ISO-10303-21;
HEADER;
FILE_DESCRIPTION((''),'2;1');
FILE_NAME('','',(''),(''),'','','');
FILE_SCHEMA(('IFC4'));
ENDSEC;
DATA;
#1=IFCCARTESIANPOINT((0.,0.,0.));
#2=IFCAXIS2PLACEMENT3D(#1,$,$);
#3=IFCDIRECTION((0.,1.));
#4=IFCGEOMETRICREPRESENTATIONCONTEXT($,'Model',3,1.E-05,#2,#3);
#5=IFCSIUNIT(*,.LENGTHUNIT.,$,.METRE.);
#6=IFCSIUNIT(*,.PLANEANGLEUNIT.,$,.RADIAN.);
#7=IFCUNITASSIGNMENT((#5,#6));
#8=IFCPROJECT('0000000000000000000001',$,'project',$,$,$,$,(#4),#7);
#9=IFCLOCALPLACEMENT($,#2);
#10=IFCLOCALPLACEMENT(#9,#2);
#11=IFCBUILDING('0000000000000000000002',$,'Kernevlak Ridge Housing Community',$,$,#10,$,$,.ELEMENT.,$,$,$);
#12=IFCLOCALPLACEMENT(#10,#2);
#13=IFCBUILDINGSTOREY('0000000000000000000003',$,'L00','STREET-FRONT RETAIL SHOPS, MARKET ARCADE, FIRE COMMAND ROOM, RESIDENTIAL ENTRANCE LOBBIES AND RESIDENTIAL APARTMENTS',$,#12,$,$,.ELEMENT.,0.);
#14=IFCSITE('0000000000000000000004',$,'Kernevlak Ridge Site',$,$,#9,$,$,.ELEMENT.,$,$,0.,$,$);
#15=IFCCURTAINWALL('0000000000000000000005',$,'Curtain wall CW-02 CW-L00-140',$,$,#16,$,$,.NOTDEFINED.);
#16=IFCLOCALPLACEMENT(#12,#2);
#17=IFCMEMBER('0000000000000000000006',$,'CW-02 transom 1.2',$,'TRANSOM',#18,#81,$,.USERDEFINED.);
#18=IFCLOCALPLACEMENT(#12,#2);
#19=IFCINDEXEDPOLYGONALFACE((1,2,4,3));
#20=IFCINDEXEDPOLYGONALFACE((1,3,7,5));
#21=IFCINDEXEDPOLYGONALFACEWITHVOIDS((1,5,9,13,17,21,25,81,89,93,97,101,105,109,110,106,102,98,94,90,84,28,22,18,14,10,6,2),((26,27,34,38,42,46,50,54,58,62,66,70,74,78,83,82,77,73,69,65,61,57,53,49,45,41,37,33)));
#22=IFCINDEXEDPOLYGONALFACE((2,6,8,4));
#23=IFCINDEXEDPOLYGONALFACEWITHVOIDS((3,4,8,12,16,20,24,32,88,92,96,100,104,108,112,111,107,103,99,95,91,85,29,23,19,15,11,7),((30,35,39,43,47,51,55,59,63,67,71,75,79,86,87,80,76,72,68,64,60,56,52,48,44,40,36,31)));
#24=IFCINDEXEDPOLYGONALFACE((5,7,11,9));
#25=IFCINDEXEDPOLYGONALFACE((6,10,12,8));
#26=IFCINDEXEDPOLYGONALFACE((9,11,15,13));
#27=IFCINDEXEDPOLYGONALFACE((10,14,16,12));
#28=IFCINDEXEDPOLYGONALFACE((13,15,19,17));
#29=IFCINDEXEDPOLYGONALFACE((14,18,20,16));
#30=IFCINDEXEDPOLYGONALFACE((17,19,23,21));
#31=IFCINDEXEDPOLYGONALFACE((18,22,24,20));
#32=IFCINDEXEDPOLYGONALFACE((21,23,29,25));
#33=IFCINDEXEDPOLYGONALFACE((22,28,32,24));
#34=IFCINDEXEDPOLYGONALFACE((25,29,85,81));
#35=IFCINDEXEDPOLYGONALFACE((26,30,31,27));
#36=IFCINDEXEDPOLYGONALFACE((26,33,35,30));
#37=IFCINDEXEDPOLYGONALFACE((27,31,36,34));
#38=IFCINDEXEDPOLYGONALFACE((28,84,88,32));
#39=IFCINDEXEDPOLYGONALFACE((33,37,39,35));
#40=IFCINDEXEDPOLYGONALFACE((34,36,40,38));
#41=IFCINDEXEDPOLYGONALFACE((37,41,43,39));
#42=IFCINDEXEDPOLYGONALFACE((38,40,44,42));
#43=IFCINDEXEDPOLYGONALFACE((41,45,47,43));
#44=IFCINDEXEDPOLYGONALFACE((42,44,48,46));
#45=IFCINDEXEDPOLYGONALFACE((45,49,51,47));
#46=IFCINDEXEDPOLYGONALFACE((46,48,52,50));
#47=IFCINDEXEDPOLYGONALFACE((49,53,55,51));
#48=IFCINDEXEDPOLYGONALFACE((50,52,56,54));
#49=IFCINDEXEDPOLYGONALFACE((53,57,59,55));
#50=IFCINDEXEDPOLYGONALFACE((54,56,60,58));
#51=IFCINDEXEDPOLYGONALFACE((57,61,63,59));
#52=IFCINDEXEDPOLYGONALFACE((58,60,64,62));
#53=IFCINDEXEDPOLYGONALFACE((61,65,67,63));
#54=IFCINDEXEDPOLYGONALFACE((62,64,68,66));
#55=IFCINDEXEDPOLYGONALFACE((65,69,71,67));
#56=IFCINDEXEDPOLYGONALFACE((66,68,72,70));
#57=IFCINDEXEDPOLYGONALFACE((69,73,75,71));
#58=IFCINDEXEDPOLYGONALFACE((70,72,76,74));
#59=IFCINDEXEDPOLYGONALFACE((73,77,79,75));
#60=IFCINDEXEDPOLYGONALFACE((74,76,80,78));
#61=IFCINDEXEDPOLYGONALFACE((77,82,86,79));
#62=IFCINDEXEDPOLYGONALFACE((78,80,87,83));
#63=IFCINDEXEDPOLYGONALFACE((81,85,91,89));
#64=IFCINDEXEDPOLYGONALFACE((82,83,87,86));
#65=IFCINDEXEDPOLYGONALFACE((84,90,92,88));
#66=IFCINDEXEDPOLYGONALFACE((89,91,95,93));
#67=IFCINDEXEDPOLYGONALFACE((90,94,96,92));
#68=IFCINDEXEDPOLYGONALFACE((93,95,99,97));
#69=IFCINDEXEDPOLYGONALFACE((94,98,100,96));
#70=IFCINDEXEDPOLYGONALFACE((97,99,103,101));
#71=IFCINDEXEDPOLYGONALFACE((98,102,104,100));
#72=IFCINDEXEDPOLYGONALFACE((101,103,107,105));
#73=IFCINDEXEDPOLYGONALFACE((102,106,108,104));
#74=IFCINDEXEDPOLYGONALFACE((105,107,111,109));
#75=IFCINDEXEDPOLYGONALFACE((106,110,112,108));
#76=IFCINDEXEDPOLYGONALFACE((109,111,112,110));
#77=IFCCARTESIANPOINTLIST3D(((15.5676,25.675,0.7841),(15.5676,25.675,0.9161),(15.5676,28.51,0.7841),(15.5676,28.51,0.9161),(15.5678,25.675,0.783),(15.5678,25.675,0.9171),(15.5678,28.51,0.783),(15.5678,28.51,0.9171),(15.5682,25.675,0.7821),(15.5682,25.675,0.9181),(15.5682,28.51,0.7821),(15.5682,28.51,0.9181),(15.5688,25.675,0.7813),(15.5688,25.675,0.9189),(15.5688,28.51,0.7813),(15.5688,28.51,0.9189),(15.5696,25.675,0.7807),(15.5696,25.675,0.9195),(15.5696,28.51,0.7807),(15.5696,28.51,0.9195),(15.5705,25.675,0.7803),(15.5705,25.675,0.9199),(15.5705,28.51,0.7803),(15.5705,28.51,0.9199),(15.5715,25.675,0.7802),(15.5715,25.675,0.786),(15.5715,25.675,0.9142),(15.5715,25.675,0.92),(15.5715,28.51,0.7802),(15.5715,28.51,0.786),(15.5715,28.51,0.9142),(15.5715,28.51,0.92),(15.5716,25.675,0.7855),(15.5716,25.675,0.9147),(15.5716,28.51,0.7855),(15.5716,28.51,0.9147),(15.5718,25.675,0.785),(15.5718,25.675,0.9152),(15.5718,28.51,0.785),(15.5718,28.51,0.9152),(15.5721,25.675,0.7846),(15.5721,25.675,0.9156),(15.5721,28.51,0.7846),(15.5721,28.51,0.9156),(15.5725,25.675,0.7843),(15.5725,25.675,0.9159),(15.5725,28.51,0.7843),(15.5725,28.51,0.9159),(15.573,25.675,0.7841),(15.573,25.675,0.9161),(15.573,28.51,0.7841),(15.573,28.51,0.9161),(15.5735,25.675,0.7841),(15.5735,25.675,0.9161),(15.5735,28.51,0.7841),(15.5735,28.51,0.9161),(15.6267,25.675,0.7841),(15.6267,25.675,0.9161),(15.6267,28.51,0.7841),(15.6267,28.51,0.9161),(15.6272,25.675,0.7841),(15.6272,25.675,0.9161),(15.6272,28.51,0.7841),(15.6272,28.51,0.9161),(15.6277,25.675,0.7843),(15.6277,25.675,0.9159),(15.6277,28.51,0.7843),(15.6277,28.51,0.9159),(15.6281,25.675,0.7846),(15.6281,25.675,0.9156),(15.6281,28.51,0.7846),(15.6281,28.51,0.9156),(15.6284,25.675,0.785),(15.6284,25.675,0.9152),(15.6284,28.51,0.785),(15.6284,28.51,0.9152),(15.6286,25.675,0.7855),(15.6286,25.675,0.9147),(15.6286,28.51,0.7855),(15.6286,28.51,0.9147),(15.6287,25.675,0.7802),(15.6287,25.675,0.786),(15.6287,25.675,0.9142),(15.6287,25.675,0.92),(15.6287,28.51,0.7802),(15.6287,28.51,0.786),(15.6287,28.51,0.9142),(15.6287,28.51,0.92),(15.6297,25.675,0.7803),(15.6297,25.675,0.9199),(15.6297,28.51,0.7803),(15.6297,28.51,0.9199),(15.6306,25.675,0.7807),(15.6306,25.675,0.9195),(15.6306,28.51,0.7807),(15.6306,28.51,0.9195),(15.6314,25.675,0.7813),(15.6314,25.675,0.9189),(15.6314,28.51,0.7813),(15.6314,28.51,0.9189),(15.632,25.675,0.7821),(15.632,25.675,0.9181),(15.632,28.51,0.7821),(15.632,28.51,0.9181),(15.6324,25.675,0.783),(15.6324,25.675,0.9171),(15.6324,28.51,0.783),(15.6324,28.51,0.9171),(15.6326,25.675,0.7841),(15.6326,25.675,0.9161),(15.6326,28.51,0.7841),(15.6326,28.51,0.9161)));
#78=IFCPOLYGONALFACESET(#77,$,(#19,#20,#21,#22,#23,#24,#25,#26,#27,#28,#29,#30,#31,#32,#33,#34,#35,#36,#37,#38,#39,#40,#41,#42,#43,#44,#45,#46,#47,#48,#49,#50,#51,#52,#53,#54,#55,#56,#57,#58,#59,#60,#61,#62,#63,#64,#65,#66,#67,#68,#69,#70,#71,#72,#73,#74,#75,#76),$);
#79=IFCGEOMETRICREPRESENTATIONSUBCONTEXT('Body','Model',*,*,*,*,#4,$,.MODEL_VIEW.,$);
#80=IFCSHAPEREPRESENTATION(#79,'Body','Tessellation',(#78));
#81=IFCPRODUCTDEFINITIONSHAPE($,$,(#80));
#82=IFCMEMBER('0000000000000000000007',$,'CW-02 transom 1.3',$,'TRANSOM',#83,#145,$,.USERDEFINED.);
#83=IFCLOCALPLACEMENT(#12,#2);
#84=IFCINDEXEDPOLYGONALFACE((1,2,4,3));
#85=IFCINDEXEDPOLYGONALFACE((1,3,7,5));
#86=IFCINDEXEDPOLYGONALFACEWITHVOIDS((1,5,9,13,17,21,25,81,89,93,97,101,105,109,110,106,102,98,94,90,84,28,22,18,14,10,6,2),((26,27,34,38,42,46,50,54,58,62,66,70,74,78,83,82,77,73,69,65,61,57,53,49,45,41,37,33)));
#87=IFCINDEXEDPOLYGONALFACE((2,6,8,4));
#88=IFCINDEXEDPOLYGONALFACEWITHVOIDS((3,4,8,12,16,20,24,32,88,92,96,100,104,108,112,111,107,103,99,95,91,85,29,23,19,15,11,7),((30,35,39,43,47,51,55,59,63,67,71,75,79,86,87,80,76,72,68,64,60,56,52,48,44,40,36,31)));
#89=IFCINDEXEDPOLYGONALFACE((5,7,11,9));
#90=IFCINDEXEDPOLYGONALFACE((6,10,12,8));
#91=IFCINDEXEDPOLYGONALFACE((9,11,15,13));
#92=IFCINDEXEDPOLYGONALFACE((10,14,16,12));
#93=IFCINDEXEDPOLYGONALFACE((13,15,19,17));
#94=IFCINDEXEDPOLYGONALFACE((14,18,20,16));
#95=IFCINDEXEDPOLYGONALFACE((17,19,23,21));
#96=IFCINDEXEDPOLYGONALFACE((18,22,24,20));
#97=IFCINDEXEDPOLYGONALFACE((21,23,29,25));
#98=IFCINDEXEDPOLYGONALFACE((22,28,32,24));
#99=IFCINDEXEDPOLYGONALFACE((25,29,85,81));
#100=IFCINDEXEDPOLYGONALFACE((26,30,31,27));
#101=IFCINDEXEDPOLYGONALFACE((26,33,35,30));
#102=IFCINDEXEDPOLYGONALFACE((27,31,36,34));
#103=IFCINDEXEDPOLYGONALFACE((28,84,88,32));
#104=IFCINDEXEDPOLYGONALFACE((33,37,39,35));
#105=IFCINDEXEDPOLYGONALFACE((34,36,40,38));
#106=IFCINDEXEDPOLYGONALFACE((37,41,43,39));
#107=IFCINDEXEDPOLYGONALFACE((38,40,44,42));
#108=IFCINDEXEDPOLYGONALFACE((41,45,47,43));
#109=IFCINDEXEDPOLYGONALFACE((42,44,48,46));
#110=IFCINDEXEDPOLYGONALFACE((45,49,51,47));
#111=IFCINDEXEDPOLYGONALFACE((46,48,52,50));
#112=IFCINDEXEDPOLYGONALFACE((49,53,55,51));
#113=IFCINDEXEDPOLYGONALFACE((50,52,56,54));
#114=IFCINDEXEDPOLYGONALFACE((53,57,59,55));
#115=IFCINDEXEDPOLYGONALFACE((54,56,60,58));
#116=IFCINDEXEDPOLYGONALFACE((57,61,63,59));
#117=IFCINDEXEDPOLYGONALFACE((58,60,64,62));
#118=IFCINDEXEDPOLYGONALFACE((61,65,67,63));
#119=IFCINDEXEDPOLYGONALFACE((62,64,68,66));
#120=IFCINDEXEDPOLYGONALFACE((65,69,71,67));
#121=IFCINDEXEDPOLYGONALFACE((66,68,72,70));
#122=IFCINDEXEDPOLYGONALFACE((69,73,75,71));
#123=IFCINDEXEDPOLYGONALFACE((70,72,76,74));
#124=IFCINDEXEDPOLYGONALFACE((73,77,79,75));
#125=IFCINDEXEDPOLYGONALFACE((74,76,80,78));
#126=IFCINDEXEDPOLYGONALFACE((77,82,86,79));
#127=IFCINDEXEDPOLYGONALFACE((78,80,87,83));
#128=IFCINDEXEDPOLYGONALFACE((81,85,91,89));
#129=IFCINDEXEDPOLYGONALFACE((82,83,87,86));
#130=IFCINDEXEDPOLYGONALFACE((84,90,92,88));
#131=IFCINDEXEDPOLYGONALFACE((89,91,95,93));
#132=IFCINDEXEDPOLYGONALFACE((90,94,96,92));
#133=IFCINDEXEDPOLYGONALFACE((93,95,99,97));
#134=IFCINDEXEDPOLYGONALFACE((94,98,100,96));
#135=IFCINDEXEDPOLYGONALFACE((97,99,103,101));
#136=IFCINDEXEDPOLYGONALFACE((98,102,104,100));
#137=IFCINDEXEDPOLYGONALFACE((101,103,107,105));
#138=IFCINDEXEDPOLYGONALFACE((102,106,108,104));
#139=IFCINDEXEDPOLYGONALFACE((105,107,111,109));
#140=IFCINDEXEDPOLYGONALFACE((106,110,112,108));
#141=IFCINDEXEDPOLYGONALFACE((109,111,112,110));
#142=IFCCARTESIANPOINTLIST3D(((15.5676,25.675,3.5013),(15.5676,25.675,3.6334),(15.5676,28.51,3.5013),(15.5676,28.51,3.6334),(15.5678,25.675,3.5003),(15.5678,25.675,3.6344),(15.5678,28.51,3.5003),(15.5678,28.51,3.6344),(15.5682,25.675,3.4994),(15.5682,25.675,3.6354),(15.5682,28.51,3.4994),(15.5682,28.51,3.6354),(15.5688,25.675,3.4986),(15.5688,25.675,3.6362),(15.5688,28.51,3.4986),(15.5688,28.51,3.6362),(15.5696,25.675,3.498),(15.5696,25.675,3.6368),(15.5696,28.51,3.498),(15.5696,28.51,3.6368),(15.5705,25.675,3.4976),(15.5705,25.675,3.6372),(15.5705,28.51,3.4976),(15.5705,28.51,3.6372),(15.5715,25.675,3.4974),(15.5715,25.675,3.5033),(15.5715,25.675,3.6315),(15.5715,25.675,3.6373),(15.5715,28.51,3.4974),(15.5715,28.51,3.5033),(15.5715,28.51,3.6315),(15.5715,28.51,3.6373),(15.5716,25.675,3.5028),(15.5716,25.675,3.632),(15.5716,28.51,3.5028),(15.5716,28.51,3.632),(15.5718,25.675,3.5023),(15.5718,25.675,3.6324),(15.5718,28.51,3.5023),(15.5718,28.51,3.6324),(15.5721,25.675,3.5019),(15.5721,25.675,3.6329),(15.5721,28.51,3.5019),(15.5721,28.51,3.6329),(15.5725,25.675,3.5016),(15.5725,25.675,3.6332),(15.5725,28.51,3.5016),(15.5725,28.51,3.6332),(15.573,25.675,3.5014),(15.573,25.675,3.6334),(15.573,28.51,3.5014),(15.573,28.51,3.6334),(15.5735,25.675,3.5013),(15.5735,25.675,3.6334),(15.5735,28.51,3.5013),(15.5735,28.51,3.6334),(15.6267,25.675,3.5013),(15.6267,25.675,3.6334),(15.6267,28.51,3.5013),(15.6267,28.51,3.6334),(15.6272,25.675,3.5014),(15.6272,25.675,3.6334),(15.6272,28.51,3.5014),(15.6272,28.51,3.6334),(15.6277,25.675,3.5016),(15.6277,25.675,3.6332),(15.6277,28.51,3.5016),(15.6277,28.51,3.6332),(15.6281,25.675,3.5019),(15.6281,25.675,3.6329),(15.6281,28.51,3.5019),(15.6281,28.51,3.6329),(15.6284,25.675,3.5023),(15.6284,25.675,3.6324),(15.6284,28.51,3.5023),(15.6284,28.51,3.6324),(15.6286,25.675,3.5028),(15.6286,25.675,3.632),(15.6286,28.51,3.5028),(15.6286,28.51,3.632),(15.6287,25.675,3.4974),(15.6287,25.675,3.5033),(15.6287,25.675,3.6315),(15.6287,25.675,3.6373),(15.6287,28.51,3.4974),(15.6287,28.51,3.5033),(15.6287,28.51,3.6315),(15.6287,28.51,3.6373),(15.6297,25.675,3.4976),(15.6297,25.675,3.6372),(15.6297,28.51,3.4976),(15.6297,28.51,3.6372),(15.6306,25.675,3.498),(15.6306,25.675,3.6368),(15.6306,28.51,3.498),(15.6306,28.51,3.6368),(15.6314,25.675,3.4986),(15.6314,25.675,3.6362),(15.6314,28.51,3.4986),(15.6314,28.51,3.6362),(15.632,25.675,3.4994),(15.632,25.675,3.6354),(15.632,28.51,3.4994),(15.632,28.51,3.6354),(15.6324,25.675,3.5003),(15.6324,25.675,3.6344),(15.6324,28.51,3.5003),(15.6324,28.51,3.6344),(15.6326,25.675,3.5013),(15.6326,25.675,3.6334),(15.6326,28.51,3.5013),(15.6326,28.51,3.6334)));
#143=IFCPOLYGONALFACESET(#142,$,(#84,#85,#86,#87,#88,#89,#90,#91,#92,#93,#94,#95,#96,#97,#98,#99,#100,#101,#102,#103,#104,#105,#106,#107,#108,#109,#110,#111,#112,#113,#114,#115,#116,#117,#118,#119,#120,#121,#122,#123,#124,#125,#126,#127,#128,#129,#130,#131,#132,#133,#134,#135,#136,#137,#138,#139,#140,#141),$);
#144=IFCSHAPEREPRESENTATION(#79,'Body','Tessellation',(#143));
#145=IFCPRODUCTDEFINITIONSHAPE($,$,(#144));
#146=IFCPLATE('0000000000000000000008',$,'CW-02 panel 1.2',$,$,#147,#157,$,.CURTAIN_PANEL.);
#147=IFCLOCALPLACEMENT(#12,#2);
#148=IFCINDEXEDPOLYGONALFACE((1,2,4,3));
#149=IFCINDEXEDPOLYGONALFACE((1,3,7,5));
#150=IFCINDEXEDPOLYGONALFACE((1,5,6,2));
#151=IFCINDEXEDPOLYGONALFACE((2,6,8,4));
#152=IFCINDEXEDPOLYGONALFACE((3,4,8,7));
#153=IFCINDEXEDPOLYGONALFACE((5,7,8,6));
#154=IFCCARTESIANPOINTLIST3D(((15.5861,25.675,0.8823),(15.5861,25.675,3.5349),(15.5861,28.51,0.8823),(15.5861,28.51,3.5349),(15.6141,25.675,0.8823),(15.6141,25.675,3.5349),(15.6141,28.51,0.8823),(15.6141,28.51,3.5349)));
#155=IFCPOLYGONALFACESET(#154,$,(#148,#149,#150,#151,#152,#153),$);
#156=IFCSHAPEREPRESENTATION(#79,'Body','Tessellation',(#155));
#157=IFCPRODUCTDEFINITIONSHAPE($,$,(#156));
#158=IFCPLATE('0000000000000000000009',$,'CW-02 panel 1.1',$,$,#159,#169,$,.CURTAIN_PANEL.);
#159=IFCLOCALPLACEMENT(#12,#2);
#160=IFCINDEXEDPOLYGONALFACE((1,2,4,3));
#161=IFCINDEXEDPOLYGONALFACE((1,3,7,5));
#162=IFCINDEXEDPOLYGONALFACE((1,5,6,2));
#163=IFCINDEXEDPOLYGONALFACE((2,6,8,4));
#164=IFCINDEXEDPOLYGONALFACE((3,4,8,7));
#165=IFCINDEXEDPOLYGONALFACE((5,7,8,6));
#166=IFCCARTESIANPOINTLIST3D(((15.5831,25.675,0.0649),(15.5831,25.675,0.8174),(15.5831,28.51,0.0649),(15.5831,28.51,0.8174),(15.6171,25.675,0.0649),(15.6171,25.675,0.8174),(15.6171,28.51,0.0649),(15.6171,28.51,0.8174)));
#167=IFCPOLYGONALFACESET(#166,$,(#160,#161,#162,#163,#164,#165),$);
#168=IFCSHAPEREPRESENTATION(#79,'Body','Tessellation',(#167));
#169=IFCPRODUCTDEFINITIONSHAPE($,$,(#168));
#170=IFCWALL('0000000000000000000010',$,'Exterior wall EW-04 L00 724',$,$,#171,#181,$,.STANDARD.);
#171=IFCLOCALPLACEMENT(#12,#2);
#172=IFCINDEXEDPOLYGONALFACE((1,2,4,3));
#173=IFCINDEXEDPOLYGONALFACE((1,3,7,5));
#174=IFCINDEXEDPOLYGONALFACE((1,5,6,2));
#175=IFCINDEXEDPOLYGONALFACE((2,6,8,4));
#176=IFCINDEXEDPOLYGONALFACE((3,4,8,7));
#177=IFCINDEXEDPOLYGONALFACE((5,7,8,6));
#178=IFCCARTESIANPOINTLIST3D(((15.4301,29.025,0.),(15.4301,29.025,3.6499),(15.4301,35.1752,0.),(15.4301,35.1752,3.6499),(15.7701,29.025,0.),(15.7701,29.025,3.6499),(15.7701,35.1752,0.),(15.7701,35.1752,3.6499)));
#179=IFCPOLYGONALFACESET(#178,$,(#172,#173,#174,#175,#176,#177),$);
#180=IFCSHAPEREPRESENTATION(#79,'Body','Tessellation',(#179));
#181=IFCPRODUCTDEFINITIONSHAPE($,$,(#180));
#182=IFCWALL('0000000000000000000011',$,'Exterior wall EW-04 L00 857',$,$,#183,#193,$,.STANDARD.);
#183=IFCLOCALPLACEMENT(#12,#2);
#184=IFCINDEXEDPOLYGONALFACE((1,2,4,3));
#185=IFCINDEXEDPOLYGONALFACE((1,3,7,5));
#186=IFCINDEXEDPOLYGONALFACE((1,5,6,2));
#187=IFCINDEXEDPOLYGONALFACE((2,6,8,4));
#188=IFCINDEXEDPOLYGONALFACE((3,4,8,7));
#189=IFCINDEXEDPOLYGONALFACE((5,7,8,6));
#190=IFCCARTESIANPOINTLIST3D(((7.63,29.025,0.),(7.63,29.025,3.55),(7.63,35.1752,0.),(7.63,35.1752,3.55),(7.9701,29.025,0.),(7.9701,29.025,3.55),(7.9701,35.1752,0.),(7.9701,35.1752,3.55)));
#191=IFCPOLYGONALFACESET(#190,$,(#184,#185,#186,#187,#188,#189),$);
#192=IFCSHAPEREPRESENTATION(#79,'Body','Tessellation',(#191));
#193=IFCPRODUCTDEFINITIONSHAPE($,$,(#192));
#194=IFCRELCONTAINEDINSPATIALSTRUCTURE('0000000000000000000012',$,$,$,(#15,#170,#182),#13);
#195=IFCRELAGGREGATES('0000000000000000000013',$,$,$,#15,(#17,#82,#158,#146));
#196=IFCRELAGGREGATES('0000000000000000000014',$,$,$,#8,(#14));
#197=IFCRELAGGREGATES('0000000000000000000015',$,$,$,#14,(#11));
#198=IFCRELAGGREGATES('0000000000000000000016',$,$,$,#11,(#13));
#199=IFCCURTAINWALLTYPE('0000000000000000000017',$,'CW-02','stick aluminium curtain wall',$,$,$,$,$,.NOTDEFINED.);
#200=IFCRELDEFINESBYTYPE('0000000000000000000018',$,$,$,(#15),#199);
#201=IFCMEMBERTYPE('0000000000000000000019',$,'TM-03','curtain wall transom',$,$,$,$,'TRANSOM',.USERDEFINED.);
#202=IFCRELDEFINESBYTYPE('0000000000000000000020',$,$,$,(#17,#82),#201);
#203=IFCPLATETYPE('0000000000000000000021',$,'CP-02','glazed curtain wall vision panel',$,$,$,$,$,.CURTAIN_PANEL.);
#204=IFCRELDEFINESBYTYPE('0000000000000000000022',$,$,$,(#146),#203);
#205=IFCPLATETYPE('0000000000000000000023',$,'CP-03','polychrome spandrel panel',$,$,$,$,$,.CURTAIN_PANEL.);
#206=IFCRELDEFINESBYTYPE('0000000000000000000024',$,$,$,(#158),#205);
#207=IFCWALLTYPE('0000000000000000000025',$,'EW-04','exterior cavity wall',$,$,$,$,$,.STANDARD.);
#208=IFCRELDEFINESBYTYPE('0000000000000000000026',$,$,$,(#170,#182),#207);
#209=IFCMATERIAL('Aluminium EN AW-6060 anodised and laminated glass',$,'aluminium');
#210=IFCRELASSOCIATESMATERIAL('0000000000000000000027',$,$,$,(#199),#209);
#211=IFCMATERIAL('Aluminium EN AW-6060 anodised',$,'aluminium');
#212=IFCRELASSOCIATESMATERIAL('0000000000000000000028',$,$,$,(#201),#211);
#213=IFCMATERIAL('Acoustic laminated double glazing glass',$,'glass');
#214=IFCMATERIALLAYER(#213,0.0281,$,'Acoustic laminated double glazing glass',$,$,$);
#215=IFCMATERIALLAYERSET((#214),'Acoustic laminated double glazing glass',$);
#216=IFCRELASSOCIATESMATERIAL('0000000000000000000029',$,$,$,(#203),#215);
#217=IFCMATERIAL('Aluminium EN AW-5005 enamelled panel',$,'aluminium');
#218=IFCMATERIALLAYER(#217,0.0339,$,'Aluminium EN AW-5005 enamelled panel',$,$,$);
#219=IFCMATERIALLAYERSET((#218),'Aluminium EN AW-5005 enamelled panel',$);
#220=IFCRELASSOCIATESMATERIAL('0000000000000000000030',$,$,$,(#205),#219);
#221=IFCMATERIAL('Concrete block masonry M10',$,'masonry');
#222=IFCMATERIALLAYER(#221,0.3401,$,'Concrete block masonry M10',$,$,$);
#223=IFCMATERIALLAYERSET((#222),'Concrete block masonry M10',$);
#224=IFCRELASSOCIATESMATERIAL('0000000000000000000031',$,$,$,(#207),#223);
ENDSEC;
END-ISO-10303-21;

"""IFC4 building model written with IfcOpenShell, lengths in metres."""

from ifc_helpers import new_model, si_unit, direction, frame, frame_2d, origin, origin_2d, place, context, subcontext, project, spatial, rectangle, hollow_rectangle, extrude, material, layer, layer_set, material_profile, profile_set, type_object, element, aggregate, save


model = new_model("IFC4")

# Units and contexts
model_context = context("Model", 3, precision=1e-05, world=origin(), true_north=direction((0.0, 1.0)))
body_context = subcontext(model_context, "Body", "Model", "MODEL_VIEW")
ifc_project = project(units=[si_unit("LENGTHUNIT", "METRE"), si_unit("PLANEANGLEUNIT", "RADIAN")], contexts=[model_context])

# Site, building, storey
site_placement = place(None, origin())
site = spatial("IfcSite", under=ifc_project, at=site_placement, Name="Kernevlak Ridge Site", CompositionType="ELEMENT", RefElevation=0.0)
building_placement = place(site_placement, origin())
building = spatial("IfcBuilding", under=site, at=building_placement, Name="Kernevlak Ridge Housing Community", CompositionType="ELEMENT")
storey_placement = place(building_placement, origin())
storey = spatial("IfcBuildingStorey", under=building, at=storey_placement, Name="L00", Description="STREET-FRONT RETAIL SHOPS, MARKET ARCADE, FIRE COMMAND ROOM, RESIDENTIAL ENTRANCE LOBBIES AND RESIDENTIAL APARTMENTS", CompositionType="ELEMENT", Elevation=0.0)

# Curtain wall
ifc_material_1 = material(Name="Aluminium EN AW-6060 anodised and laminated glass", Category="aluminium")
curtain_wall_type = type_object("IfcCurtainWallType", Name="CW-02", Description="stick aluminium curtain wall", PredefinedType="NOTDEFINED", material=ifc_material_1)
curtain_wall_placement = place(storey_placement, origin())
curtain_wall = element("IfcCurtainWall", 1, at=curtain_wall_placement, inside=storey, type_object=curtain_wall_type, Name="Curtain wall CW-02 CW-L00-140", PredefinedType="NOTDEFINED")
ifc_material_2 = material(Name="Aluminium EN AW-6060 anodised", Category="aluminium")

# Members
ifc_material_profile_1 = material_profile(ifc_material_2, hollow_rectangle(XDim=0.0649, YDim=0.1399, WallThickness=0.0039, InnerFilletRadius=0.002, OuterFilletRadius=0.0039, at=origin_2d()), Name="ALU 65x140x4")
ifc_profile_set_1 = profile_set([ifc_material_profile_1], Name="Aluminium EN AW-6060 anodised")
member_type_1 = type_object("IfcMemberType", Name="TM-03", Description="curtain wall transom", ElementType="TRANSOM", PredefinedType="USERDEFINED", material=ifc_profile_set_1)
member_1_placement = place(storey_placement, frame((15.6001, 25.675, 0.8501), z_axis=(0.0, 1.0, 0.0), x_axis=(-1.0, 0.0, 0.0)))
member_1 = element("IfcMember", 2, at=member_1_placement, type_object=member_type_1, Name="CW-02 transom 1.2", ObjectType="TRANSOM", PredefinedType="USERDEFINED", context=body_context, shape_type="SweptSolid", body=[
    extrude(hollow_rectangle(XDim=0.0649, YDim=0.1399, WallThickness=0.0039, InnerFilletRadius=0.002, OuterFilletRadius=0.0039, at=origin_2d()), origin(), (0.0, 0.0, 1.0), 2.835),
])
member_2_placement = place(storey_placement, frame((15.6001, 25.675, 3.5674), z_axis=(0.0, 1.0, 0.0), x_axis=(-1.0, 0.0, 0.0)))
member_2 = element("IfcMember", 3, at=member_2_placement, type_object=member_type_1, Name="CW-02 transom 1.3", ObjectType="TRANSOM", PredefinedType="USERDEFINED", context=body_context, shape_type="SweptSolid", body=[
    extrude(hollow_rectangle(XDim=0.0649, YDim=0.1399, WallThickness=0.0039, InnerFilletRadius=0.002, OuterFilletRadius=0.0039, at=origin_2d()), origin(), (0.0, 0.0, 1.0), 2.835),
])

# Plates
ifc_material_3 = material(Name="Acoustic laminated double glazing glass", Category="glass")
ifc_layer_1 = layer(ifc_material_3, 0.0281, Name="Acoustic laminated double glazing glass")
ifc_layer_set_1 = layer_set([ifc_layer_1], Name="Acoustic laminated double glazing glass")
plate_type_1 = type_object("IfcPlateType", Name="CP-02", Description="glazed curtain wall vision panel", PredefinedType="CURTAIN_PANEL", material=ifc_layer_set_1)
plate_1_placement = place(storey_placement, frame((15.6001, 27.0925, 0.8823), z_axis=(0.0, 0.0, 1.0), x_axis=(0.0, 1.0, 0.0)))
plate_1 = element("IfcPlate", 4, at=plate_1_placement, type_object=plate_type_1, Name="CW-02 panel 1.2", PredefinedType="CURTAIN_PANEL", context=body_context, shape_type="SweptSolid", body=[
    extrude(rectangle(XDim=2.835, YDim=0.0281, at=origin_2d()), origin(), (0.0, 0.0, 1.0), 2.6526),
])
ifc_material_4 = material(Name="Aluminium EN AW-5005 enamelled panel", Category="aluminium")
ifc_layer_2 = layer(ifc_material_4, 0.0339, Name="Aluminium EN AW-5005 enamelled panel")
ifc_layer_set_2 = layer_set([ifc_layer_2], Name="Aluminium EN AW-5005 enamelled panel")
plate_type_2 = type_object("IfcPlateType", Name="CP-03", Description="polychrome spandrel panel", PredefinedType="CURTAIN_PANEL", material=ifc_layer_set_2)
plate_2_placement = place(storey_placement, frame((15.6001, 27.0925, 0.0649), z_axis=(0.0, 0.0, 1.0), x_axis=(0.0, 1.0, 0.0)))
plate_2 = element("IfcPlate", 5, at=plate_2_placement, type_object=plate_type_2, Name="CW-02 panel 1.1", PredefinedType="CURTAIN_PANEL", context=body_context, shape_type="SweptSolid", body=[
    extrude(rectangle(XDim=2.835, YDim=0.0339, at=origin_2d()), origin(), (0.0, 0.0, 1.0), 0.7524),
])
aggregate(curtain_wall, [member_1, member_2, plate_2, plate_1])

# Walls
ifc_material_5 = material(Name="Concrete block masonry M10", Category="masonry")
ifc_layer_3 = layer(ifc_material_5, 0.3401, Name="Concrete block masonry M10")
ifc_layer_set_3 = layer_set([ifc_layer_3], Name="Concrete block masonry M10")
wall_type_1 = type_object("IfcWallType", Name="EW-04", Description="exterior cavity wall", PredefinedType="STANDARD", material=ifc_layer_set_3)
wall_1_placement = place(storey_placement, frame((15.6001, 29.0249, 0.0), z_axis=(0.0, 0.0, 1.0), x_axis=(0.0, 1.0, 0.0)))
element("IfcWall", 6, at=wall_1_placement, inside=storey, type_object=wall_type_1, Name="Exterior wall EW-04 L00 724", PredefinedType="STANDARD", context=body_context, shape_type="SweptSolid", body=[
    extrude(rectangle(XDim=6.1501, YDim=0.3401, at=frame_2d((3.0752, 0.0))), origin(), (0.0, 0.0, 1.0), 3.6499),
])
wall_2_placement = place(storey_placement, frame((7.8, 29.0249, 0.0), z_axis=(0.0, 0.0, 1.0), x_axis=(0.0, 1.0, 0.0)))
element("IfcWall", 7, at=wall_2_placement, inside=storey, type_object=wall_type_1, Name="Exterior wall EW-04 L00 857", PredefinedType="STANDARD", context=body_context, shape_type="SweptSolid", body=[
    extrude(rectangle(XDim=6.1501, YDim=0.3401, at=frame_2d((3.0752, 0.0))), origin(), (0.0, 0.0, 1.0), 3.55),
])

save(model, "model.ifc")
